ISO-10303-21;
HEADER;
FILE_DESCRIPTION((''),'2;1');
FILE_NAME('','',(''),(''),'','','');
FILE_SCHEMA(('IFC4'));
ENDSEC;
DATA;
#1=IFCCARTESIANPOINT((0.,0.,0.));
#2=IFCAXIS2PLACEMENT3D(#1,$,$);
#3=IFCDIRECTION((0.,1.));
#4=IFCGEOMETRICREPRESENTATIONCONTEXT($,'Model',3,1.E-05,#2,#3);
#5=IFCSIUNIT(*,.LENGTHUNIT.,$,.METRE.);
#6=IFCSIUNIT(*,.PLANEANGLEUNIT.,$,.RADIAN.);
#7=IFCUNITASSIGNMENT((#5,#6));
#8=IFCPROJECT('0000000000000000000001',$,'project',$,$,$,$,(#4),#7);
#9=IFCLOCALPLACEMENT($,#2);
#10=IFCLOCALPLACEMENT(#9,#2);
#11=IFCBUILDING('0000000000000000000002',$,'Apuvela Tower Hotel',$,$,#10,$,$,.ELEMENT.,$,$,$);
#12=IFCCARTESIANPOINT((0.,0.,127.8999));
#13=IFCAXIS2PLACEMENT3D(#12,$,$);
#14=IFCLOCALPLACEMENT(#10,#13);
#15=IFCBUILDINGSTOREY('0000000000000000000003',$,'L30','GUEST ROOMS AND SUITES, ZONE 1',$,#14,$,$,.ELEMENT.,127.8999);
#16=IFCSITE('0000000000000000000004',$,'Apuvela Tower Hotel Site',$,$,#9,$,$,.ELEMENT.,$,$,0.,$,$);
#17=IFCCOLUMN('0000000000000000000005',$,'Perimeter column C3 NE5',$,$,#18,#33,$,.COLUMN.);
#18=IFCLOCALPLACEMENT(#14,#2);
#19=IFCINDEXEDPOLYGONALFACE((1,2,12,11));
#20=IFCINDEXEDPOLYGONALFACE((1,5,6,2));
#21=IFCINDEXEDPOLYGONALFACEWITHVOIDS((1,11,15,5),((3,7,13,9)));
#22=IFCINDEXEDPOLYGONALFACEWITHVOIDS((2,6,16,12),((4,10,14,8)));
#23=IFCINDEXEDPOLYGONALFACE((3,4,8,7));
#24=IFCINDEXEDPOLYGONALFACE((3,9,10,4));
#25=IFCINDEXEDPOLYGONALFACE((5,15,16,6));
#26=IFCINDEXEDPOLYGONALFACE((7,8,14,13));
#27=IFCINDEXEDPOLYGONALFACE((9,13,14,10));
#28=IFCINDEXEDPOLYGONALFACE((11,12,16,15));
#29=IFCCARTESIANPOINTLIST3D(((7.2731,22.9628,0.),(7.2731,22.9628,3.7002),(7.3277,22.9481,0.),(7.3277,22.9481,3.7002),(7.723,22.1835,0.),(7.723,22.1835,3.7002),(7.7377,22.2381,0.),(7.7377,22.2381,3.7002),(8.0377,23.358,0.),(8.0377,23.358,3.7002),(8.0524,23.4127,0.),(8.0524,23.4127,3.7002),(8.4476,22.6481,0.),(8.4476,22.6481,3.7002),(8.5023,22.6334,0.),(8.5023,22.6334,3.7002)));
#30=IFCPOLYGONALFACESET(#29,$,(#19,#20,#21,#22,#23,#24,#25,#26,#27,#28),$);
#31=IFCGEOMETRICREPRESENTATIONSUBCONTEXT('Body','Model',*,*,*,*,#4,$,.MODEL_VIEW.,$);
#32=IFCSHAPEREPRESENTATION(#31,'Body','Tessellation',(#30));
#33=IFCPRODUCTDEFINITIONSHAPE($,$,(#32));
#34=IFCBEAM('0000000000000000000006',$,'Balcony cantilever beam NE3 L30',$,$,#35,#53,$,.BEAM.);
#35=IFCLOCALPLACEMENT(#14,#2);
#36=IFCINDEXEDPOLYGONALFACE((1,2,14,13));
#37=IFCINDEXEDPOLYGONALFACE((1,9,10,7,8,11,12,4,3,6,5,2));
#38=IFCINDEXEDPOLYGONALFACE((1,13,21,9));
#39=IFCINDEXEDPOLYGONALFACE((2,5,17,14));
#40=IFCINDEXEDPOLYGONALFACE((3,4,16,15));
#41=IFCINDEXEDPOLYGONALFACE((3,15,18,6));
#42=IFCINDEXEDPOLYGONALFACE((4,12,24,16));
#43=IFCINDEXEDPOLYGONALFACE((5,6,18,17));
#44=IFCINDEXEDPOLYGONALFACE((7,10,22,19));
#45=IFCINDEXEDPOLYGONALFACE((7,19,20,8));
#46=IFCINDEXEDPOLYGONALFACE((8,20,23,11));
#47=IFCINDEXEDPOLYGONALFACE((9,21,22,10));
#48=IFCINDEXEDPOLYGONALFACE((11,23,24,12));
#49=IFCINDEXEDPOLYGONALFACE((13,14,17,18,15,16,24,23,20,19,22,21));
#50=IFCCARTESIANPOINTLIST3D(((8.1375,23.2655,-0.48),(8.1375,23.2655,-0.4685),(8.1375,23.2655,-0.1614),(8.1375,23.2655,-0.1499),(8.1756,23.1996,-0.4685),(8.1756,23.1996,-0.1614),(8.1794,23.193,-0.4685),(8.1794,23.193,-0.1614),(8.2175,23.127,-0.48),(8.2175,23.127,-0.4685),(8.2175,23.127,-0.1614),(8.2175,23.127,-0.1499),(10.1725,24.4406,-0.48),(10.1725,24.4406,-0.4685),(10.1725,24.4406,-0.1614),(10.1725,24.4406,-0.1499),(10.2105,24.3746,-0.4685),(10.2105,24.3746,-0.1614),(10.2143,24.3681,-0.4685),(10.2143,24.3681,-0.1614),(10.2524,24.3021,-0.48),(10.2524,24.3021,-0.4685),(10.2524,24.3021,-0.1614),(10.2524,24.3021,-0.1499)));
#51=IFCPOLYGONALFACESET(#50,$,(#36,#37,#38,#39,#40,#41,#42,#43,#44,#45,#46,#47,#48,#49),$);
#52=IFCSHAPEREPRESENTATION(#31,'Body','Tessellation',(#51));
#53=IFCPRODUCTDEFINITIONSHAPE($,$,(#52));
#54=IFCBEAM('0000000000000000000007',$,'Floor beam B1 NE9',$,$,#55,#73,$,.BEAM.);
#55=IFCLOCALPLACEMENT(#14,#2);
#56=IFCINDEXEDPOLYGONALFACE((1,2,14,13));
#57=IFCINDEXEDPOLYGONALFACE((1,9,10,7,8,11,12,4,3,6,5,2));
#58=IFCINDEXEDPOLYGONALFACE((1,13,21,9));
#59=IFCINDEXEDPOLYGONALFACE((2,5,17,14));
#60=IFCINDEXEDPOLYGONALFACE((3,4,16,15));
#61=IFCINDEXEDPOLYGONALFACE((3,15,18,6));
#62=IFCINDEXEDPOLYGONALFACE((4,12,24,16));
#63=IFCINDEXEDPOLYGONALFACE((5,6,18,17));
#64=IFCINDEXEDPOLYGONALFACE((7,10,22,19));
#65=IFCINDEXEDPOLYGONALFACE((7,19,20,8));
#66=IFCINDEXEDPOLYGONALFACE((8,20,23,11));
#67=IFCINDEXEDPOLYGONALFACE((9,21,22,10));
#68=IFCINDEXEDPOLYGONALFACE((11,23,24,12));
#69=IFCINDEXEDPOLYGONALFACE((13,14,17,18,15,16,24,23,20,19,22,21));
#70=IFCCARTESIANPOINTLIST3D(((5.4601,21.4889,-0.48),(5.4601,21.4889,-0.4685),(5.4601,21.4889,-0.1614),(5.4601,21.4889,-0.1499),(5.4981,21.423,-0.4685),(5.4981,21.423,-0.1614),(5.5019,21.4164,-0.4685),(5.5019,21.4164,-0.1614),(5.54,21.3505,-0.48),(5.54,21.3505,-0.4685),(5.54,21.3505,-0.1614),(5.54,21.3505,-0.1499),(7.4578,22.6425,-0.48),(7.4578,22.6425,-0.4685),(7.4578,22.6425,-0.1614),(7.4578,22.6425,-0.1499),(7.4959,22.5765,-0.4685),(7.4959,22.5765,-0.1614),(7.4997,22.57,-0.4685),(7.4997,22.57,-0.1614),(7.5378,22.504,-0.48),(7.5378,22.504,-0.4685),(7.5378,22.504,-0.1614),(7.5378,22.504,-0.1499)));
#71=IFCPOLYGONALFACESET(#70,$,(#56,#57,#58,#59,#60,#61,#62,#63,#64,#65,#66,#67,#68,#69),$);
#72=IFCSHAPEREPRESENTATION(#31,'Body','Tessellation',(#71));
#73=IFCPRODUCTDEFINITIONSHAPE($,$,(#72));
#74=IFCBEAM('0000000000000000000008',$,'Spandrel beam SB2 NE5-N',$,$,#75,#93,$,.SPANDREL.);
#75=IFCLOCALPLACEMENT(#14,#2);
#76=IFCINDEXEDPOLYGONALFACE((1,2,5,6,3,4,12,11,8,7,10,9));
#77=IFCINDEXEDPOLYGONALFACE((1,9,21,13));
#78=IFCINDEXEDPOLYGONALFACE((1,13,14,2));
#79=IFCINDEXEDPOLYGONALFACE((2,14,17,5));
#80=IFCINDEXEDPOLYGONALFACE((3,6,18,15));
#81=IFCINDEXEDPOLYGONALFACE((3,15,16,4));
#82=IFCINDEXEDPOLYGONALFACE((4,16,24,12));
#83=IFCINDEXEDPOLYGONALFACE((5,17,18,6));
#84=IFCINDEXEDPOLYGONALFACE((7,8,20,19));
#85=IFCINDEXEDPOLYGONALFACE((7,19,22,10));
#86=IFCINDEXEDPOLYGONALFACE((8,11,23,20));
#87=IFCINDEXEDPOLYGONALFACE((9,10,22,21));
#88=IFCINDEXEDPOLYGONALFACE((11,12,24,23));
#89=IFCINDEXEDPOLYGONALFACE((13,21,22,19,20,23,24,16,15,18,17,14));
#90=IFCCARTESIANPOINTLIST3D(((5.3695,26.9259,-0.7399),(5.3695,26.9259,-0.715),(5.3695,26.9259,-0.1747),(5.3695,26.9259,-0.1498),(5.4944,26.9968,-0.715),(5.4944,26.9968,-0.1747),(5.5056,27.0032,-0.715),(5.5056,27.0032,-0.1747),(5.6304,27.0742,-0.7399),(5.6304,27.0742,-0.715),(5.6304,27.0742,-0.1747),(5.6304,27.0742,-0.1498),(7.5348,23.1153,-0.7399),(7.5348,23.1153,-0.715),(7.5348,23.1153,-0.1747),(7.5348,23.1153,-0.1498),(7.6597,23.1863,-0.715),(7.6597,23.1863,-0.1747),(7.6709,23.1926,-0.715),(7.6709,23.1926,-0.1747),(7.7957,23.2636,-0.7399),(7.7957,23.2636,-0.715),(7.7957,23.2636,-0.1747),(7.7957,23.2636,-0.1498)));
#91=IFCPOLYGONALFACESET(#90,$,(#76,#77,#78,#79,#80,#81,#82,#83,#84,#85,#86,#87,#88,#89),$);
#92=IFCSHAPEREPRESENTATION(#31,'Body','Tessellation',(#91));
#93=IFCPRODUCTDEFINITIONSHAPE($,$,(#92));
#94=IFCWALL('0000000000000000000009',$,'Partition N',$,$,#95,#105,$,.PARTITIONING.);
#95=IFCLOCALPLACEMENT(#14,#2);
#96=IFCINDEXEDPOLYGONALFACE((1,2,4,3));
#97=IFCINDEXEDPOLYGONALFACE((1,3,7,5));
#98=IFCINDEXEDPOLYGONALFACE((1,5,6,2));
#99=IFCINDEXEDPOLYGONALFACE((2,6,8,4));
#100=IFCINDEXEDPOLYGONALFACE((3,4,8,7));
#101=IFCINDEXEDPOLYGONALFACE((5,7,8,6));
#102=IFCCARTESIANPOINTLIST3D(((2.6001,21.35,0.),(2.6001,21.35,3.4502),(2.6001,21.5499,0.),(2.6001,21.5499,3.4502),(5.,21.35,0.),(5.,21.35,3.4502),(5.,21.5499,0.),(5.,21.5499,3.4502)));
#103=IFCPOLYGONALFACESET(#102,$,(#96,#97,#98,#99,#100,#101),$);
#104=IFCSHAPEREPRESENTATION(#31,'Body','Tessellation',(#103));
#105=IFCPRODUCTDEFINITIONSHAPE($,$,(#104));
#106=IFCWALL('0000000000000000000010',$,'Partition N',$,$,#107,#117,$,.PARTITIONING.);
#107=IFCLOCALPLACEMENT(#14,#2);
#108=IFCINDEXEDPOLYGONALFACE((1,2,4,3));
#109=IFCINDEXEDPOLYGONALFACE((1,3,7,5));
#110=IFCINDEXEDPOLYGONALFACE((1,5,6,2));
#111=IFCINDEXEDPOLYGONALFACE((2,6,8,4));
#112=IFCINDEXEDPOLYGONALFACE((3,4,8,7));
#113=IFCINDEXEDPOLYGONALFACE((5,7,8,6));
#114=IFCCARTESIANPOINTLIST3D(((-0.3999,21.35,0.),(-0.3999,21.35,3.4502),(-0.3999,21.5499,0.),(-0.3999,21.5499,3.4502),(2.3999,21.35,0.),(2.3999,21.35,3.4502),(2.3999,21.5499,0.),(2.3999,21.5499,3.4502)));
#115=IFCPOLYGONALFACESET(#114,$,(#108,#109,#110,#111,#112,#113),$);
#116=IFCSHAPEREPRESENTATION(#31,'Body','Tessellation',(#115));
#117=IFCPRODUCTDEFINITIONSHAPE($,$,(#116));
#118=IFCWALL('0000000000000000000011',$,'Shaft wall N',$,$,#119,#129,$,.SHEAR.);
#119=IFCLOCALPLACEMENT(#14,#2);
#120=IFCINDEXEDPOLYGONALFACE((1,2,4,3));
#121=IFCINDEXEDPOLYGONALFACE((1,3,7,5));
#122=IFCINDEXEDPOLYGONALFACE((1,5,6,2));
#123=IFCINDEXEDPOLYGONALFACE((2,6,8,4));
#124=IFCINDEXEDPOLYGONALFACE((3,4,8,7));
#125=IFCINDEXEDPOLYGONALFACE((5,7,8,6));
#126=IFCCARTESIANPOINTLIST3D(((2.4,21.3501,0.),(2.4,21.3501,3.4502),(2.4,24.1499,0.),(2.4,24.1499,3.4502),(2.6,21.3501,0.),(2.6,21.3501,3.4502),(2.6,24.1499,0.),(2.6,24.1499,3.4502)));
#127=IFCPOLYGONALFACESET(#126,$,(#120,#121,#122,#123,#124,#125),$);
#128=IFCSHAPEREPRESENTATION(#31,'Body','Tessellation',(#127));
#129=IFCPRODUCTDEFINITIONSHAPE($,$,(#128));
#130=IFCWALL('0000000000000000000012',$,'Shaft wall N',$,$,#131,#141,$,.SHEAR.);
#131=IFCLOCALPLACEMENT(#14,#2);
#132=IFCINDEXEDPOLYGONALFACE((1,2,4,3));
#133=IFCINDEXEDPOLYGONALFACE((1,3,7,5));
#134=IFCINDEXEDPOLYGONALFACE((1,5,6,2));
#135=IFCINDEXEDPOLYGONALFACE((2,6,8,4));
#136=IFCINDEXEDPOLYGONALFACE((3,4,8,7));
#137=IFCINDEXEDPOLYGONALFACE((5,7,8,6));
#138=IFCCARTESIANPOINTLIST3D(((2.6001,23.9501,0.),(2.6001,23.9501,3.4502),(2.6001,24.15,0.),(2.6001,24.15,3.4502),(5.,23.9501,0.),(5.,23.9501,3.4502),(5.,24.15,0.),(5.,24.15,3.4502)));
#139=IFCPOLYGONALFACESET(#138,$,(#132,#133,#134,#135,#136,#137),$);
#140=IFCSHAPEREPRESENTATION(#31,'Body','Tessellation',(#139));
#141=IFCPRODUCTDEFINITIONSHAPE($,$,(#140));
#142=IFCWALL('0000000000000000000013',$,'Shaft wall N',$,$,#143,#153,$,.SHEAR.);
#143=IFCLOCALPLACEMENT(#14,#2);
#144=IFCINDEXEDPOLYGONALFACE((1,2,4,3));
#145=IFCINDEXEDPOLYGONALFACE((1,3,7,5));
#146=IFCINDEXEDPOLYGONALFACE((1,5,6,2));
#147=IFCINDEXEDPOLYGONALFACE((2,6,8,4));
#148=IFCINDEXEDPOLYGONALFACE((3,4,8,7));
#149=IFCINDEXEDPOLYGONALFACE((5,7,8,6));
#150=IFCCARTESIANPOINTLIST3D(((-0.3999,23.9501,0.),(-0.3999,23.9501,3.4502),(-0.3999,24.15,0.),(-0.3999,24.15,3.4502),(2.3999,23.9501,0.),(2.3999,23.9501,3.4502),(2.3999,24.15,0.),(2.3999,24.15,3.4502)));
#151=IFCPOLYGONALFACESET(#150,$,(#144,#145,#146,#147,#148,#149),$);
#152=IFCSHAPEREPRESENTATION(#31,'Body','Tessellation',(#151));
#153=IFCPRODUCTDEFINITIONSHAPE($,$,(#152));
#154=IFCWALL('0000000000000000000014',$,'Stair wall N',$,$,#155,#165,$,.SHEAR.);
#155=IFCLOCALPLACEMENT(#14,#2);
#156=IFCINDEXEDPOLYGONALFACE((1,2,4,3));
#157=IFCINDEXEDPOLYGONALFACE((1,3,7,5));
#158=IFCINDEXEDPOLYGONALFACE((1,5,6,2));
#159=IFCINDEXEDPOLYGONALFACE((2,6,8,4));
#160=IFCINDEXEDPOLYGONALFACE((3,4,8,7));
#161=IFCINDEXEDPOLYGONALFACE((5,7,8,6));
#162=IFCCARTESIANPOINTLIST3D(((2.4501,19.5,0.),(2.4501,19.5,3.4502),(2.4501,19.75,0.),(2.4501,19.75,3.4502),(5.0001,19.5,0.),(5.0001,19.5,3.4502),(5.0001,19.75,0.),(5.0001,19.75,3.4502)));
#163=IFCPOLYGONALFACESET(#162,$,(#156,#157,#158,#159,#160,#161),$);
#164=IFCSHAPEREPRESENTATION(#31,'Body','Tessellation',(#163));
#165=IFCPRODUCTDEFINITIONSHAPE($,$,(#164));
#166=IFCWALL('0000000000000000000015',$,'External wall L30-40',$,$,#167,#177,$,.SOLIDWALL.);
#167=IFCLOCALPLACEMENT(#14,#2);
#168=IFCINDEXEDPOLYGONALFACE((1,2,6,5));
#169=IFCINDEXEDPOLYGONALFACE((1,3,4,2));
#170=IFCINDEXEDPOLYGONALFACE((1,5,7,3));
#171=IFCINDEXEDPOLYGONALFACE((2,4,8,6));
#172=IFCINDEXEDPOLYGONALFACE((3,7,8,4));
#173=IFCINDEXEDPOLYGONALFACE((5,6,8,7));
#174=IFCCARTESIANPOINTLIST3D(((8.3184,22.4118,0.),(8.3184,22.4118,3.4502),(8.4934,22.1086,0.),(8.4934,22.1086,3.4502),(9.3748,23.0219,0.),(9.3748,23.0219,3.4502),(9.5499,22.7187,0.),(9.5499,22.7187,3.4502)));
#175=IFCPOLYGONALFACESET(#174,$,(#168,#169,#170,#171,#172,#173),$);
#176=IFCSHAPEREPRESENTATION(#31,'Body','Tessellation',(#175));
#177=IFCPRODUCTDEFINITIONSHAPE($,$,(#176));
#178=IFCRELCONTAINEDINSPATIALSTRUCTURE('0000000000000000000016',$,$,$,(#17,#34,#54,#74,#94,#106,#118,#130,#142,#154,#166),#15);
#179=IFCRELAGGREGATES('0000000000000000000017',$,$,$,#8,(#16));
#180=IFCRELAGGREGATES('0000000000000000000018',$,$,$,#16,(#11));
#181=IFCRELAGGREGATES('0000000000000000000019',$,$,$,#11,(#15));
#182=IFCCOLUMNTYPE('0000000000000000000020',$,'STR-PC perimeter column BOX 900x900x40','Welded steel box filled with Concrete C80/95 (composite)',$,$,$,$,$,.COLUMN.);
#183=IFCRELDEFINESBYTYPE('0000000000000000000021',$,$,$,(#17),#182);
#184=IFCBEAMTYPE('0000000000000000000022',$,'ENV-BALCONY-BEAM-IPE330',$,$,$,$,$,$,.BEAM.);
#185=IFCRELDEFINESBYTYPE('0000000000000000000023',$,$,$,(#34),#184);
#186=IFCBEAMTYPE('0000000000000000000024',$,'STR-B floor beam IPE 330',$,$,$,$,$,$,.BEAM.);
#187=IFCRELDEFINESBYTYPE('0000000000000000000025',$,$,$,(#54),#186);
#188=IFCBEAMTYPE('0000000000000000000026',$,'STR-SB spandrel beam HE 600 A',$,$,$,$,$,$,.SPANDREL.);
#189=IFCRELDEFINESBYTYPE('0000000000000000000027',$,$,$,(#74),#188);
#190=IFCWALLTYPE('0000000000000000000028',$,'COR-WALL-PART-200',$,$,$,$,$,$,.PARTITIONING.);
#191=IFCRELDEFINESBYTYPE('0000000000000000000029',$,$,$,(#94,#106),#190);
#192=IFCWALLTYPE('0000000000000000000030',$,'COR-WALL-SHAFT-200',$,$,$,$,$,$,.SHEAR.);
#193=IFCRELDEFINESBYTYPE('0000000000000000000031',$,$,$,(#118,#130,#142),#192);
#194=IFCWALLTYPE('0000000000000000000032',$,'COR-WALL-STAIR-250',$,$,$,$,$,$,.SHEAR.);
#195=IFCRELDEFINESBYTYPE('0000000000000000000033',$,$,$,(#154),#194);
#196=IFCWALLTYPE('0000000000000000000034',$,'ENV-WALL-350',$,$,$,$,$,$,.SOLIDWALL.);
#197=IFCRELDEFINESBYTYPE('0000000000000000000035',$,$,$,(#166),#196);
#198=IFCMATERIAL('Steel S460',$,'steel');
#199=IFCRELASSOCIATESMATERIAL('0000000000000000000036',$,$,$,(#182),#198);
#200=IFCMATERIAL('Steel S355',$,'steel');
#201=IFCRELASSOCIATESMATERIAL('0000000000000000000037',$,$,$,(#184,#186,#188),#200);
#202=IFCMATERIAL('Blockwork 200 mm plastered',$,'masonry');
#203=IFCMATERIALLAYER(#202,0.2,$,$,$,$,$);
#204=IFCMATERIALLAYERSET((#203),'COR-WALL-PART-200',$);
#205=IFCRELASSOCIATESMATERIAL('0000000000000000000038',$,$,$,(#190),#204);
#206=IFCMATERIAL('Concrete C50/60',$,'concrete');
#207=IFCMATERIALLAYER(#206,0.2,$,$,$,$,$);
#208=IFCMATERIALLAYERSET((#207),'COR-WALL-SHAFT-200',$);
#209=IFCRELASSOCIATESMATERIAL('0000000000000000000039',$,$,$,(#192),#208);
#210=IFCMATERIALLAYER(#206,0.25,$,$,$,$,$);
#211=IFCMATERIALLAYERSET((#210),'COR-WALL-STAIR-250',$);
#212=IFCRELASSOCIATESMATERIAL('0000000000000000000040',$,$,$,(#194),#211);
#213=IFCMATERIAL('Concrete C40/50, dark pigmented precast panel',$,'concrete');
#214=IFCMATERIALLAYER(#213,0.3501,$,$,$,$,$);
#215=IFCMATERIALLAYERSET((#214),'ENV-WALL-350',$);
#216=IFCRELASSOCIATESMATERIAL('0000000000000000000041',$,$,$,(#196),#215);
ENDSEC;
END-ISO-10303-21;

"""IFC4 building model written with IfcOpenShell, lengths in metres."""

from ifc_helpers import new_model, si_unit, direction, frame, frame_2d, origin, origin_2d, place, context, subcontext, project, spatial, rectangle, hollow_rectangle, i_section, extrude, material, layer, layer_set, material_profile, profile_set, type_object, element, save


model = new_model("IFC4")

# Units and contexts
model_context = context("Model", 3, precision=1e-05, world=origin(), true_north=direction((0.0, 1.0)))
body_context = subcontext(model_context, "Body", "Model", "MODEL_VIEW")
ifc_project = project(units=[si_unit("LENGTHUNIT", "METRE"), si_unit("PLANEANGLEUNIT", "RADIAN")], contexts=[model_context])

# Site, building, storey
site_placement = place(None, origin())
site = spatial("IfcSite", under=ifc_project, at=site_placement, Name="Apuvela Tower Hotel Site", CompositionType="ELEMENT", RefElevation=0.0)
building_placement = place(site_placement, origin())
building = spatial("IfcBuilding", under=site, at=building_placement, Name="Apuvela Tower Hotel", CompositionType="ELEMENT")
storey_placement = place(building_placement, frame((0.0, 0.0, 127.8999)))
storey = spatial("IfcBuildingStorey", under=building, at=storey_placement, Name="L30", Description="GUEST ROOMS AND SUITES, ZONE 1", CompositionType="ELEMENT", Elevation=127.8999)

# Column
ifc_material_1 = material(Name="Steel S460", Category="steel")
ifc_material_profile_1 = material_profile(ifc_material_1, hollow_rectangle(XDim=0.8999, YDim=0.8999, WallThickness=0.04, at=origin_2d()), Name="BOX 900x900x40")
ifc_material_2 = material(Name="Concrete C80/95", Category="concrete")
ifc_material_profile_2 = material_profile(ifc_material_2, rectangle(XDim=0.8201, YDim=0.8201, at=origin_2d()), Name="Concrete C80/95 infill")
ifc_profile_set_1 = profile_set([ifc_material_profile_1, ifc_material_profile_2], Name="Steel S460")
column_type = type_object("IfcColumnType", Name="STR-PC perimeter column BOX 900x900x40", Description="Welded steel box filled with Concrete C80/95 (composite)", PredefinedType="COLUMN", material=ifc_profile_set_1)
column_placement = place(storey_placement, frame((7.8877, 22.7981, 0.0), z_axis=(0.0, 0.0, 1.0), x_axis=(-0.5, 0.866025, 0.0)))
element("IfcColumn", 1, at=column_placement, inside=storey, type_object=column_type, Name="Perimeter column C3 NE5", PredefinedType="COLUMN", context=body_context, shape_type="SweptSolid", body=[
    extrude(hollow_rectangle(XDim=0.8999, YDim=0.8999, WallThickness=0.04, at=origin_2d()), origin(), (0.0, 0.0, 1.0), 3.7002),
])

# Beams
ifc_material_3 = material(Name="Steel S355", Category="steel")
ifc_material_profile_3 = material_profile(ifc_material_3, i_section(OverallWidth=0.1599, OverallDepth=0.3301, WebThickness=0.0076, FlangeThickness=0.0115, at=origin_2d()), Name="IPE 330")
ifc_profile_set_2 = profile_set([ifc_material_profile_3], Name="Steel S355")
beam_type_1 = type_object("IfcBeamType", Name="ENV-BALCONY-BEAM-IPE330", PredefinedType="BEAM", material=ifc_profile_set_2)
beam_1_placement = place(storey_placement, frame((8.1775, 23.1963, -0.3149), z_axis=(0.86599, 0.500061, 0.0), x_axis=(-0.500061, 0.86599, 0.0)))
element("IfcBeam", 2, at=beam_1_placement, inside=storey, type_object=beam_type_1, Name="Balcony cantilever beam NE3 L30", PredefinedType="BEAM", context=body_context, shape_type="SweptSolid", body=[
    extrude(i_section(OverallWidth=0.1599, OverallDepth=0.3301, WebThickness=0.0076, FlangeThickness=0.0115, at=origin_2d()), origin(), (0.0, 0.0, 1.0), 2.3499),
])
ifc_material_profile_4 = material_profile(ifc_material_3, i_section(OverallWidth=0.1599, OverallDepth=0.3301, WebThickness=0.0076, FlangeThickness=0.0115, at=origin_2d()), Name="IPE 330")
ifc_profile_set_3 = profile_set([ifc_material_profile_4], Name="Steel S355")
beam_type_2 = type_object("IfcBeamType", Name="STR-B floor beam IPE 330", PredefinedType="BEAM", material=ifc_profile_set_3)
beam_2_placement = place(storey_placement, frame((7.4978, 22.5732, -0.3149), z_axis=(-0.866001, -0.500043, 0.0), x_axis=(0.500043, -0.866001, 0.0)))
element("IfcBeam", 3, at=beam_2_placement, inside=storey, type_object=beam_type_2, Name="Floor beam B1 NE9", PredefinedType="BEAM", context=body_context, shape_type="SweptSolid", body=[
    extrude(i_section(OverallWidth=0.1599, OverallDepth=0.3301, WebThickness=0.0076, FlangeThickness=0.0115, at=origin_2d()), origin(), (0.0, 0.0, 1.0), 2.3069),
])
ifc_material_profile_5 = material_profile(ifc_material_3, i_section(OverallWidth=0.3, OverallDepth=0.5901, WebThickness=0.0129, FlangeThickness=0.0249, at=origin_2d()), Name="HE 600 A")
ifc_profile_set_4 = profile_set([ifc_material_profile_5], Name="Steel S355")
beam_type_3 = type_object("IfcBeamType", Name="STR-SB spandrel beam HE 600 A", PredefinedType="SPANDREL", material=ifc_profile_set_4)
beam_3_placement = place(storey_placement, frame((7.6653, 23.1895, -0.4448), z_axis=(-0.494044, 0.869437, 0.0), x_axis=(-0.869437, -0.494044, 0.0)))
element("IfcBeam", 4, at=beam_3_placement, inside=storey, type_object=beam_type_3, Name="Spandrel beam SB2 NE5-N", PredefinedType="SPANDREL", context=body_context, shape_type="SweptSolid", body=[
    extrude(i_section(OverallWidth=0.3, OverallDepth=0.5901, WebThickness=0.0129, FlangeThickness=0.0249, at=origin_2d()), origin(), (0.0, 0.0, 1.0), 4.3828),
])

# Walls
ifc_material_4 = material(Name="Blockwork 200 mm plastered", Category="masonry")
ifc_layer_1 = layer(ifc_material_4, 0.2)
ifc_layer_set_1 = layer_set([ifc_layer_1], Name="COR-WALL-PART-200")
wall_type_1 = type_object("IfcWallType", Name="COR-WALL-PART-200", PredefinedType="PARTITIONING", material=ifc_layer_set_1)
wall_1_placement = place(storey_placement, frame((5.0, 21.45, 0.0), z_axis=(0.0, 0.0, 1.0), x_axis=(-1.0, 0.0, 0.0)))
element("IfcWall", 5, at=wall_1_placement, inside=storey, type_object=wall_type_1, Name="Partition N", PredefinedType="PARTITIONING", context=body_context, shape_type="SweptSolid", body=[
    extrude(rectangle(XDim=2.3999, YDim=0.2, at=frame_2d((1.2, 0.0))), origin(), (0.0, 0.0, 1.0), 3.4502),
])
wall_2_placement = place(storey_placement, frame((2.3999, 21.45, 0.0), z_axis=(0.0, 0.0, 1.0), x_axis=(-1.0, 0.0, 0.0)))
element("IfcWall", 6, at=wall_2_placement, inside=storey, type_object=wall_type_1, Name="Partition N", PredefinedType="PARTITIONING", context=body_context, shape_type="SweptSolid", body=[
    extrude(rectangle(XDim=2.7998, YDim=0.2, at=frame_2d((1.3999, 0.0))), origin(), (0.0, 0.0, 1.0), 3.4502),
])
ifc_material_5 = material(Name="Concrete C50/60", Category="concrete")
ifc_layer_2 = layer(ifc_material_5, 0.2)
ifc_layer_set_2 = layer_set([ifc_layer_2], Name="COR-WALL-SHAFT-200")
wall_type_2 = type_object("IfcWallType", Name="COR-WALL-SHAFT-200", PredefinedType="SHEAR", material=ifc_layer_set_2)
wall_3_placement = place(storey_placement, frame((2.5, 21.3501, 0.0), z_axis=(0.0, 0.0, 1.0), x_axis=(0.0, 1.0, 0.0)))
element("IfcWall", 7, at=wall_3_placement, inside=storey, type_object=wall_type_2, Name="Shaft wall N", PredefinedType="SHEAR", context=body_context, shape_type="SweptSolid", body=[
    extrude(rectangle(XDim=2.7998, YDim=0.2, at=frame_2d((1.3999, 0.0))), origin(), (0.0, 0.0, 1.0), 3.4502),
])
wall_4_placement = place(storey_placement, frame((5.0, 24.05, 0.0), z_axis=(0.0, 0.0, 1.0), x_axis=(-1.0, 0.0, 0.0)))
element("IfcWall", 8, at=wall_4_placement, inside=storey, type_object=wall_type_2, Name="Shaft wall N", PredefinedType="SHEAR", context=body_context, shape_type="SweptSolid", body=[
    extrude(rectangle(XDim=2.3999, YDim=0.2, at=frame_2d((1.2, 0.0))), origin(), (0.0, 0.0, 1.0), 3.4502),
])
wall_5_placement = place(storey_placement, frame((2.3999, 24.05, 0.0), z_axis=(0.0, 0.0, 1.0), x_axis=(-1.0, 0.0, 0.0)))
element("IfcWall", 9, at=wall_5_placement, inside=storey, type_object=wall_type_2, Name="Shaft wall N", PredefinedType="SHEAR", context=body_context, shape_type="SweptSolid", body=[
    extrude(rectangle(XDim=2.7998, YDim=0.2, at=frame_2d((1.3999, 0.0))), origin(), (0.0, 0.0, 1.0), 3.4502),
])
ifc_layer_3 = layer(ifc_material_5, 0.25)
ifc_layer_set_3 = layer_set([ifc_layer_3], Name="COR-WALL-STAIR-250")
wall_type_3 = type_object("IfcWallType", Name="COR-WALL-STAIR-250", PredefinedType="SHEAR", material=ifc_layer_set_3)
wall_6_placement = place(storey_placement, frame((5.0, 19.625, 0.0), z_axis=(0.0, 0.0, 1.0), x_axis=(-1.0, 0.0, 0.0)))
element("IfcWall", 10, at=wall_6_placement, inside=storey, type_object=wall_type_3, Name="Stair wall N", PredefinedType="SHEAR", context=body_context, shape_type="SweptSolid", body=[
    extrude(rectangle(XDim=2.55, YDim=0.25, at=frame_2d((1.2749, 0.0))), origin(), (0.0, 0.0, 1.0), 3.4502),
])
ifc_material_6 = material(Name="Concrete C40/50, dark pigmented precast panel", Category="concrete")
ifc_layer_4 = layer(ifc_material_6, 0.3501)
ifc_layer_set_4 = layer_set([ifc_layer_4], Name="ENV-WALL-350")
wall_type_4 = type_object("IfcWallType", Name="ENV-WALL-350", PredefinedType="SOLIDWALL", material=ifc_layer_set_4)
wall_7_placement = place(storey_placement, frame((8.406, 22.2603, 0.0), z_axis=(0.0, 0.0, 1.0), x_axis=(0.865956, 0.500121, 0.0)))
element("IfcWall", 11, at=wall_7_placement, inside=storey, type_object=wall_type_4, Name="External wall L30-40", PredefinedType="SOLIDWALL", context=body_context, shape_type="SweptSolid", body=[
    extrude(rectangle(XDim=1.22, YDim=0.3501, at=frame_2d((0.6099, 0.0))), origin(), (0.0, 0.0, 1.0), 3.4502),
])

save(model, "model.ifc")
